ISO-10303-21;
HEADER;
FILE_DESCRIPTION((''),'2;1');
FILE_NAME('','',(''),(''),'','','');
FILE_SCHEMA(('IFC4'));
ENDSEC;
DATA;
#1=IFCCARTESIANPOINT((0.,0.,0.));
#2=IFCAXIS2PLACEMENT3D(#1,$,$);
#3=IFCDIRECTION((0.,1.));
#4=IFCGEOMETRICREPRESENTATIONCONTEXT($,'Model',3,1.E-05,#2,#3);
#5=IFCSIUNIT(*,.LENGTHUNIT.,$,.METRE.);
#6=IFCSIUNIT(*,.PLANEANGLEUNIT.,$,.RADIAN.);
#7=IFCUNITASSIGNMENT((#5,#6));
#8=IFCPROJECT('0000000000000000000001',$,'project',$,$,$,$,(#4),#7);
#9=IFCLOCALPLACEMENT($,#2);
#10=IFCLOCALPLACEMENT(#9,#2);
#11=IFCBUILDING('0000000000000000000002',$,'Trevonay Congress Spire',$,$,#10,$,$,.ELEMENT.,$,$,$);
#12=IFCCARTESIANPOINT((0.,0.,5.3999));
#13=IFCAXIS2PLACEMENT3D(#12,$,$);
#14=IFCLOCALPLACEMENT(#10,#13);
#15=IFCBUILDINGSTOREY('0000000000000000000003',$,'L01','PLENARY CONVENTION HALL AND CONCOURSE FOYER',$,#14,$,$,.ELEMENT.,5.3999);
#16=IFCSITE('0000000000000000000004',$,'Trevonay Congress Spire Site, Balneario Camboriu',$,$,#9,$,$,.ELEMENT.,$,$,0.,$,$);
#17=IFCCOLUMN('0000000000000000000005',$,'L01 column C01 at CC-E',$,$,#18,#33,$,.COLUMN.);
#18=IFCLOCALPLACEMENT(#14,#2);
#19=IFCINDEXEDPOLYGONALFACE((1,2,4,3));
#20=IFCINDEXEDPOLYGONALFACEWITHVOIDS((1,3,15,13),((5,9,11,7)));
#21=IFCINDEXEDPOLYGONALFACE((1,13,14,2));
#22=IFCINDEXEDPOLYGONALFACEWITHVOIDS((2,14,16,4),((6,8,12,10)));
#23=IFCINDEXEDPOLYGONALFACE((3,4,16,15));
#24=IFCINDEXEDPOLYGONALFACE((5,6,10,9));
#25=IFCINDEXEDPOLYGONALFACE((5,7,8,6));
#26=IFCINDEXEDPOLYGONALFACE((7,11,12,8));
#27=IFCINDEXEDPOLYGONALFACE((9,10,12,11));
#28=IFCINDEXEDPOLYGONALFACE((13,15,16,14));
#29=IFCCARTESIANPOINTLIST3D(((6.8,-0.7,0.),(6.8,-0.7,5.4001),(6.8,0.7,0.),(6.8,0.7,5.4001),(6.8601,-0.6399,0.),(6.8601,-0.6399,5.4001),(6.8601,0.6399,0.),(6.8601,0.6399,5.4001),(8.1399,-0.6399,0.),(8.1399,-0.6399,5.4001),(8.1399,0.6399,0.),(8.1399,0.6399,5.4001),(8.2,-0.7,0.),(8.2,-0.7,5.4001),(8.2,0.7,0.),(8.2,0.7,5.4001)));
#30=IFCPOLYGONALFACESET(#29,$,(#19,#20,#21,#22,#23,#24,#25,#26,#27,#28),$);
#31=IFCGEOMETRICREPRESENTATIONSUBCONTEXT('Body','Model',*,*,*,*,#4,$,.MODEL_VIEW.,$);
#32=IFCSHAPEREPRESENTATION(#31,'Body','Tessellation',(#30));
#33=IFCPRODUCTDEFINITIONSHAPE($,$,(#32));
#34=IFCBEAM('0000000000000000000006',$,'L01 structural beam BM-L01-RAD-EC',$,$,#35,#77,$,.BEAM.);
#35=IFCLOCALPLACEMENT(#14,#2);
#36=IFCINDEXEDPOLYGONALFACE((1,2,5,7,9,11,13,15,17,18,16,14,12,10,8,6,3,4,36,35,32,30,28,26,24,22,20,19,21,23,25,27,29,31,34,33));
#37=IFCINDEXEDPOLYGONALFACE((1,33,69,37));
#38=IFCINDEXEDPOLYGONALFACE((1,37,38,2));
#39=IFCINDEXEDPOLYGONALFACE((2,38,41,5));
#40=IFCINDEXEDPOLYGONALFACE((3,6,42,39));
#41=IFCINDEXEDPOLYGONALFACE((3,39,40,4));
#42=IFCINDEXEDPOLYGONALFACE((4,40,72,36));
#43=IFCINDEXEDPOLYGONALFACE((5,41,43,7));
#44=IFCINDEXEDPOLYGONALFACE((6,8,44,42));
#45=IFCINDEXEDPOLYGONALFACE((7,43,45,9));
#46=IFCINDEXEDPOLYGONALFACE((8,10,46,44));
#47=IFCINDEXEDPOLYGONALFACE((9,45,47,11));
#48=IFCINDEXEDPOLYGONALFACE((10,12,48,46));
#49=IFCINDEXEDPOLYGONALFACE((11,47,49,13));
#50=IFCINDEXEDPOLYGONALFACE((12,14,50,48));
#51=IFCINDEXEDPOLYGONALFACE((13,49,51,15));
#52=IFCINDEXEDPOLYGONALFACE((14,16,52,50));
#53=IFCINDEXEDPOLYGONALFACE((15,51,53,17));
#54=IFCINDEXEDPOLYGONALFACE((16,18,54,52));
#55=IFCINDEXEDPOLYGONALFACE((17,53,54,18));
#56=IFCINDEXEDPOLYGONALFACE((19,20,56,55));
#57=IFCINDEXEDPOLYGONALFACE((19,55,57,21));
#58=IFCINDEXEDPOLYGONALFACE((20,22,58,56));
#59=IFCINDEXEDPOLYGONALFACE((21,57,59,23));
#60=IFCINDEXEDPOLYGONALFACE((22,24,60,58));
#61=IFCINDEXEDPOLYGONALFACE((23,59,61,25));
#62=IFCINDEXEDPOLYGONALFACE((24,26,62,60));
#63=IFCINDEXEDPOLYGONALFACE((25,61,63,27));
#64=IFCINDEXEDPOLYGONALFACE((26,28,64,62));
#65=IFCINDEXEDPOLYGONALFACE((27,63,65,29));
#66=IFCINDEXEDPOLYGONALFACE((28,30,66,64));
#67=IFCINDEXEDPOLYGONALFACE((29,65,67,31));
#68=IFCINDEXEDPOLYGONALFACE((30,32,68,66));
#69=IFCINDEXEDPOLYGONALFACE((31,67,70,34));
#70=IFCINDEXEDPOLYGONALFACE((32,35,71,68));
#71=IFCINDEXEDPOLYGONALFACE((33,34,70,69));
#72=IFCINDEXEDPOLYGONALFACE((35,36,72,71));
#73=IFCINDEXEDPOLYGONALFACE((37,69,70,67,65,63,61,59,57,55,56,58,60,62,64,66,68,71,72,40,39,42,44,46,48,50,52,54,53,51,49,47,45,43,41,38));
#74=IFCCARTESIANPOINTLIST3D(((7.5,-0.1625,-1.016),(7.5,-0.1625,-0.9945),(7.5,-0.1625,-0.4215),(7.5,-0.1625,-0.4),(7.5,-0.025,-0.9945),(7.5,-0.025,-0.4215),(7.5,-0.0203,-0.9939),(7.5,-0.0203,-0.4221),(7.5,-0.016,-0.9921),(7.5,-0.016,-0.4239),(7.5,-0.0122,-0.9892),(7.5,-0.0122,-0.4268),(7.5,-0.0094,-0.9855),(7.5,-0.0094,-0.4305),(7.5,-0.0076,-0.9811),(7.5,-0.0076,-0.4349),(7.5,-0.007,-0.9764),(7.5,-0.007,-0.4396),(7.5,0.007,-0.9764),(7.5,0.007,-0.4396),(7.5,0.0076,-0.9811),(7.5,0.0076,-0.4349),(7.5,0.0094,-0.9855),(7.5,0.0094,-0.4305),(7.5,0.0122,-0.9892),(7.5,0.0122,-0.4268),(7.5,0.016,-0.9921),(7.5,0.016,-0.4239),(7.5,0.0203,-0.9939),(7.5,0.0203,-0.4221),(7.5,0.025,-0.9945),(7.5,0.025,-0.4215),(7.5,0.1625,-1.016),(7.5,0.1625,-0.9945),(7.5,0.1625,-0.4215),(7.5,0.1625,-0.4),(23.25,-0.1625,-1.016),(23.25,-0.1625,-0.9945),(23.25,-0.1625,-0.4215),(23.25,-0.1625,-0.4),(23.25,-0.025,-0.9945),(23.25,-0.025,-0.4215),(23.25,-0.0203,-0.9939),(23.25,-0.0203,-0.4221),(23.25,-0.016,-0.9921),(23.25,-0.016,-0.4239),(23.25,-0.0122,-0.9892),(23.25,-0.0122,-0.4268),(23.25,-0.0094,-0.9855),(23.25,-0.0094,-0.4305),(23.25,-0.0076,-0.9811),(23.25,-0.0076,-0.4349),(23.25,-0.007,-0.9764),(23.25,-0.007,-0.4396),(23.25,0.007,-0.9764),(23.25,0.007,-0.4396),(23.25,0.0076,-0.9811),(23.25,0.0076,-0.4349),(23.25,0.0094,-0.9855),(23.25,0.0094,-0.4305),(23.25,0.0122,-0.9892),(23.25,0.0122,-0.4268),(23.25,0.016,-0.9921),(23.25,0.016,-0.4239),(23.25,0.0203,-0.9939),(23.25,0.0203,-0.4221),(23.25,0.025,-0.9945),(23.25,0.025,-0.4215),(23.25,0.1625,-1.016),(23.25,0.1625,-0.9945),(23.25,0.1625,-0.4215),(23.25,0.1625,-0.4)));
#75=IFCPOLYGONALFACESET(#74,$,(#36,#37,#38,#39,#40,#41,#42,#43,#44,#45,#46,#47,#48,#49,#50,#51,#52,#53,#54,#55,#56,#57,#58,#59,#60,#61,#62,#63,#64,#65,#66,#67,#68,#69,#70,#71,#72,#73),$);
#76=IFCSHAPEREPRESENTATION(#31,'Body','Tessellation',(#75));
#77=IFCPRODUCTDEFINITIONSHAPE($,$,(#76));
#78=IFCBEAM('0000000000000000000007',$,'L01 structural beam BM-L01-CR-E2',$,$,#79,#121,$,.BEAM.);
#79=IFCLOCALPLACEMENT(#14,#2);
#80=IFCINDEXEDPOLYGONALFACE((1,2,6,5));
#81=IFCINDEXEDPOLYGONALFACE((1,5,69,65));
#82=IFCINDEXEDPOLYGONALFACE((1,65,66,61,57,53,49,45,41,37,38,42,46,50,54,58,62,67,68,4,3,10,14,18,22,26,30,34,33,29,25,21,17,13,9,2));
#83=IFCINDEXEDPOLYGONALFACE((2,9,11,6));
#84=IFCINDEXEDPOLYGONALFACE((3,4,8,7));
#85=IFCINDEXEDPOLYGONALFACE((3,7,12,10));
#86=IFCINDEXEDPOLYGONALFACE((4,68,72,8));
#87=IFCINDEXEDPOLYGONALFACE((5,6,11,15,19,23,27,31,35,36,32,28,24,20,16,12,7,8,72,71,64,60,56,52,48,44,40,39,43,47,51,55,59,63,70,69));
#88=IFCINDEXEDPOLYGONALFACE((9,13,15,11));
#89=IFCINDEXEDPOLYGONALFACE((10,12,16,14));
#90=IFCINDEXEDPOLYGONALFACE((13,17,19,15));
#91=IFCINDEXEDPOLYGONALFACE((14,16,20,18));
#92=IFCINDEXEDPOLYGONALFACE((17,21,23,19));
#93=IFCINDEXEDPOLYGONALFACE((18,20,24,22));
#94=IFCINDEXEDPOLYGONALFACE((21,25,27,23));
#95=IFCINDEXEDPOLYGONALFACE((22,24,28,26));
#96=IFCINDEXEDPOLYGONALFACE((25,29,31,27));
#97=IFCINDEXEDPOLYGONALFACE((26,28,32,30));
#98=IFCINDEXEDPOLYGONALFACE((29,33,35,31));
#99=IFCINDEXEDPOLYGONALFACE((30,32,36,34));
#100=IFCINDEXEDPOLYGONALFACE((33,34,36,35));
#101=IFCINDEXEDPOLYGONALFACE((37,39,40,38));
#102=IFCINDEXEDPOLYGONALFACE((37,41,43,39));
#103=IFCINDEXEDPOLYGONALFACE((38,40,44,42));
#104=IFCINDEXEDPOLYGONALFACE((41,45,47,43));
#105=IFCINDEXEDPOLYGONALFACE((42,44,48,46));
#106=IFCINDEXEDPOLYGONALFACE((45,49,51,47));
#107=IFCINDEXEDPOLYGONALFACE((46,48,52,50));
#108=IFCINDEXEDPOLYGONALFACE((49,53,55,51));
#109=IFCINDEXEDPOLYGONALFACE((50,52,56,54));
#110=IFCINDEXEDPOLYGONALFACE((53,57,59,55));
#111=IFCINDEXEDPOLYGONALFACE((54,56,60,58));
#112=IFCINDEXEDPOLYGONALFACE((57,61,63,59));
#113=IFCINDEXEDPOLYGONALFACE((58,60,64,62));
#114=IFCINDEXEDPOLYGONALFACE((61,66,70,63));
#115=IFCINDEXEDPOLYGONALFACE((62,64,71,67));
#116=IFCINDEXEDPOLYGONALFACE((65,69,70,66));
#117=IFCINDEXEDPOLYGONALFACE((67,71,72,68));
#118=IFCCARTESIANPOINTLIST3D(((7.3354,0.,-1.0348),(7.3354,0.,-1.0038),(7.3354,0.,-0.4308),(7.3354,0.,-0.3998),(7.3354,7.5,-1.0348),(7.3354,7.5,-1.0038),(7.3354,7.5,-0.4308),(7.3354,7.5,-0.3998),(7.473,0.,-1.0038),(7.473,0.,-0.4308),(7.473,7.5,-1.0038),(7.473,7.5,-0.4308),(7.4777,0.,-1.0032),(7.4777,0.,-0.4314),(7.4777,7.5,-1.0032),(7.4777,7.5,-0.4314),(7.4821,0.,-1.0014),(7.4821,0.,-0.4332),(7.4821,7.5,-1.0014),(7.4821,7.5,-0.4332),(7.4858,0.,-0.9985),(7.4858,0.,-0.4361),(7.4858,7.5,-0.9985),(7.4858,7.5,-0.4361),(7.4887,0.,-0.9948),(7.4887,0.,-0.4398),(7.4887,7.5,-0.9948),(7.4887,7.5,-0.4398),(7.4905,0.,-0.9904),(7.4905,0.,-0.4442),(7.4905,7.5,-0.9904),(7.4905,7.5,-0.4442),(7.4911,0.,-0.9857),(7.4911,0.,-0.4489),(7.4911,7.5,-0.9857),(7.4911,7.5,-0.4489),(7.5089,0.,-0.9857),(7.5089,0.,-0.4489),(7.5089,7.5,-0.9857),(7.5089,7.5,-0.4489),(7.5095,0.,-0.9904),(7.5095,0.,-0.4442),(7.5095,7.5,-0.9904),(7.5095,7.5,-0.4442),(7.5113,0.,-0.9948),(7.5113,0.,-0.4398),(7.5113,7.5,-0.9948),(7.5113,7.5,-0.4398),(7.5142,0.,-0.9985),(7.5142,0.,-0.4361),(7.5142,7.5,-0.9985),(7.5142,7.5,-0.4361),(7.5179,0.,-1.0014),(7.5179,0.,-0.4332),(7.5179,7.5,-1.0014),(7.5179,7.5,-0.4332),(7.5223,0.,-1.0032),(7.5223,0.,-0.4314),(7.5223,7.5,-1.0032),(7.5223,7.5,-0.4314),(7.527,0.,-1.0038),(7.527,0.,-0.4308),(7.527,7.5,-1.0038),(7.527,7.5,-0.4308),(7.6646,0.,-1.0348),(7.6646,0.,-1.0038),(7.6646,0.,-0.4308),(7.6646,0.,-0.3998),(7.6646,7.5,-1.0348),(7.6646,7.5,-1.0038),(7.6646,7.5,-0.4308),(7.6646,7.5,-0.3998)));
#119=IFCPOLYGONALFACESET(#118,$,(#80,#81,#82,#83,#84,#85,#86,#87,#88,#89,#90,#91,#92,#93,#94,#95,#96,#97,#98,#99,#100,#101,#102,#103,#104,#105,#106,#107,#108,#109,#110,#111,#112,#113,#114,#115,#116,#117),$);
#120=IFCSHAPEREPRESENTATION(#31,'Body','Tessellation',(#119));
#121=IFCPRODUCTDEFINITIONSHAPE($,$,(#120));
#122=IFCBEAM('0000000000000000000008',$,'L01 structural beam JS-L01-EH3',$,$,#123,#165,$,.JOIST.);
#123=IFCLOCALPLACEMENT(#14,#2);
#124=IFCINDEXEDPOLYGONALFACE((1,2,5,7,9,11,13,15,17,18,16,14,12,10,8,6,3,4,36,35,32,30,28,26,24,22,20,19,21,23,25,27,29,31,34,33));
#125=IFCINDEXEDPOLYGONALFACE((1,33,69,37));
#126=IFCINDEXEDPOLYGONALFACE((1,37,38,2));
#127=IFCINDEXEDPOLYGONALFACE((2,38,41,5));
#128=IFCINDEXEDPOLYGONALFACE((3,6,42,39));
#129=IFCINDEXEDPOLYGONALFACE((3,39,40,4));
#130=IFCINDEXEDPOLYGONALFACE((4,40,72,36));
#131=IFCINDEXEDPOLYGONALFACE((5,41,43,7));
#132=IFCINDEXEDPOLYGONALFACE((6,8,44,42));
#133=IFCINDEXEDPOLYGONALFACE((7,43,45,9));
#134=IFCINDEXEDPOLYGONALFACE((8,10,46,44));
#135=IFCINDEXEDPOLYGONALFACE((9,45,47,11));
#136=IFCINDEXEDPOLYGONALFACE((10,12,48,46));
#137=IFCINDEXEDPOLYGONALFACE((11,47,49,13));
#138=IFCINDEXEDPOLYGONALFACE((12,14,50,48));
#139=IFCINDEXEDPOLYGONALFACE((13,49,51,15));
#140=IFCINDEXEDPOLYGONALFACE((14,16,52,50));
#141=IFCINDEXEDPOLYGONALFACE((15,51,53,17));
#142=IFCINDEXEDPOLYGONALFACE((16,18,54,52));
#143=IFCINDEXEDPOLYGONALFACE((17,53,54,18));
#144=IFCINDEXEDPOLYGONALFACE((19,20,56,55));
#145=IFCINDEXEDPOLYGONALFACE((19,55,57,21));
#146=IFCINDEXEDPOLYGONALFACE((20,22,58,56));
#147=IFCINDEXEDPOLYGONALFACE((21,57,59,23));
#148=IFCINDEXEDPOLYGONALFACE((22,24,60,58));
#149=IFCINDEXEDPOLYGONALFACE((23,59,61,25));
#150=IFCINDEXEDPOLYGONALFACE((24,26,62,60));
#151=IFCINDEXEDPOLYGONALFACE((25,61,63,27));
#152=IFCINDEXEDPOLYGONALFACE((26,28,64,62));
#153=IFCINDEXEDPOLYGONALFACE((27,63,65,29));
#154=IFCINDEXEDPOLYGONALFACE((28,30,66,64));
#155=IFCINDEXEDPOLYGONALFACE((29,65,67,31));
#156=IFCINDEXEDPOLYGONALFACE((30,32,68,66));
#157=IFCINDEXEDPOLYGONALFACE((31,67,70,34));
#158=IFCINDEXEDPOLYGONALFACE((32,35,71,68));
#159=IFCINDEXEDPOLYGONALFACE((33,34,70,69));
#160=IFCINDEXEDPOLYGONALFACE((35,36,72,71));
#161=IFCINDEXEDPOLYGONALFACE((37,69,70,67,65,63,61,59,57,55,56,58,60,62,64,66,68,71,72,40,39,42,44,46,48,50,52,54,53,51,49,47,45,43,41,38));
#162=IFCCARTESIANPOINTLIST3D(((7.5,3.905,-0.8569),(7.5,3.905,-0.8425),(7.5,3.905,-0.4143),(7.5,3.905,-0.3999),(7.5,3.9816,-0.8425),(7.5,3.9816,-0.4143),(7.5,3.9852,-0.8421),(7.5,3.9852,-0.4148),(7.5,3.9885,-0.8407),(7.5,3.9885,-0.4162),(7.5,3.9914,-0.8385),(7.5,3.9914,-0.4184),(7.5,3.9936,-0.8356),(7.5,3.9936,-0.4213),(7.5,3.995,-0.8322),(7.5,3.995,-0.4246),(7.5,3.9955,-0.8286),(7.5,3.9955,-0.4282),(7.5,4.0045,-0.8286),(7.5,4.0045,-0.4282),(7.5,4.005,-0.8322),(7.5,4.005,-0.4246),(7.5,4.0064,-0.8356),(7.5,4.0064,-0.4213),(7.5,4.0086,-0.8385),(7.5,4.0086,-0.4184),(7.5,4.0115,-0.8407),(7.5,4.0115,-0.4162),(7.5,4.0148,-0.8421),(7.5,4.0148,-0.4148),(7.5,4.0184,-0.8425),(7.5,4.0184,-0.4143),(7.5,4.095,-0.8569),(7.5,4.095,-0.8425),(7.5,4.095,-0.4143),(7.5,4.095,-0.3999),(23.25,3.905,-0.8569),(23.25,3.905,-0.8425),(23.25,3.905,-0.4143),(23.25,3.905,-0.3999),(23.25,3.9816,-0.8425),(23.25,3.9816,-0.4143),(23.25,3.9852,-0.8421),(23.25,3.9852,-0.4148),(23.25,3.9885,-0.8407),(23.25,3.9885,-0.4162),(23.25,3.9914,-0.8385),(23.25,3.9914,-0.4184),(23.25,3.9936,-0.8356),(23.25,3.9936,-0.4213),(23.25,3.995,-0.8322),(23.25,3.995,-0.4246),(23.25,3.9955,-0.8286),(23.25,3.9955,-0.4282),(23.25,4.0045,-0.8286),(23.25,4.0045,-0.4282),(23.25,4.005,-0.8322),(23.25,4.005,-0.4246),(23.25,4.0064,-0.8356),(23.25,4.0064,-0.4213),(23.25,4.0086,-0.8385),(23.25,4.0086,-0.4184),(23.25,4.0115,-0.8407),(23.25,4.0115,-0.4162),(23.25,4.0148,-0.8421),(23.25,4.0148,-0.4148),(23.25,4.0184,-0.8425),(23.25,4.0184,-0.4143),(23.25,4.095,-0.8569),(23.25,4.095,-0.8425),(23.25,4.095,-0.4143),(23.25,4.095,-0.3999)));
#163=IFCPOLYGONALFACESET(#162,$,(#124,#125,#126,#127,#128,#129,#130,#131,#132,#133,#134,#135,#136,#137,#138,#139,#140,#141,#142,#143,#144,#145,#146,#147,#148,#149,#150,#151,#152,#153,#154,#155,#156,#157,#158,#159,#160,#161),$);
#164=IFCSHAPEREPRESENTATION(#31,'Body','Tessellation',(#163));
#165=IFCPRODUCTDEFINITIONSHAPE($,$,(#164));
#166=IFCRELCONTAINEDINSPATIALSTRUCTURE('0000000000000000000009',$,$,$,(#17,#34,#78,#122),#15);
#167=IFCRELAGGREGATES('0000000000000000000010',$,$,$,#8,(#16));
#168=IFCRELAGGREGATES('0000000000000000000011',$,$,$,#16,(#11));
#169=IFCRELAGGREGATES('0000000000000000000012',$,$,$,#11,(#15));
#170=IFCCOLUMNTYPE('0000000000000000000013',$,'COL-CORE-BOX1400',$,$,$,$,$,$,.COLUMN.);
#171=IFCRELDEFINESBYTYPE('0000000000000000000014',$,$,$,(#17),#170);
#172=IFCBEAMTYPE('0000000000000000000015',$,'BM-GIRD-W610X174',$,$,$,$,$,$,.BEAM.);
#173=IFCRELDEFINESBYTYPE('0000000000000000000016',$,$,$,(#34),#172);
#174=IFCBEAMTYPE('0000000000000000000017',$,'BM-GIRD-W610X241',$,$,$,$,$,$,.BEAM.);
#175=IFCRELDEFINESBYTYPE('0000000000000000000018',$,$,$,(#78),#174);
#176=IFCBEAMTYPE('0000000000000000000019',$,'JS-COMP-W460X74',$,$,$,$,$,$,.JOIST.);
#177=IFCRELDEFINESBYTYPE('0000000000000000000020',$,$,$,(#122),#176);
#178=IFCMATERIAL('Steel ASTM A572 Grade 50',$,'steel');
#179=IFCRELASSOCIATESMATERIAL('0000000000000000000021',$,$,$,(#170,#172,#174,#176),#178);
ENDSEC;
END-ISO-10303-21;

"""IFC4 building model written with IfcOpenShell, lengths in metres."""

from ifc_helpers import new_model, si_unit, direction, frame, origin, origin_2d, place, context, subcontext, project, spatial, hollow_rectangle, i_section, extrude, material, material_profile, profile_set, type_object, element, save


model = new_model("IFC4")

# Units and contexts
model_context = context("Model", 3, precision=1e-05, world=origin(), true_north=direction((0.0, 1.0)))
body_context = subcontext(model_context, "Body", "Model", "MODEL_VIEW")
ifc_project = project(units=[si_unit("LENGTHUNIT", "METRE"), si_unit("PLANEANGLEUNIT", "RADIAN")], contexts=[model_context])

# Site, building, storey
site_placement = place(None, origin())
site = spatial("IfcSite", under=ifc_project, at=site_placement, Name="Trevonay Congress Spire Site, Balneario Camboriu", CompositionType="ELEMENT", RefElevation=0.0)
building_placement = place(site_placement, origin())
building = spatial("IfcBuilding", under=site, at=building_placement, Name="Trevonay Congress Spire", CompositionType="ELEMENT")
storey_placement = place(building_placement, frame((0.0, 0.0, 5.3999)))
storey = spatial("IfcBuildingStorey", under=building, at=storey_placement, Name="L01", Description="PLENARY CONVENTION HALL AND CONCOURSE FOYER", CompositionType="ELEMENT", Elevation=5.3999)

# Column
ifc_material_1 = material(Name="Steel ASTM A572 Grade 50", Category="steel")
ifc_material_profile_1 = material_profile(ifc_material_1, hollow_rectangle(XDim=1.3999, YDim=1.3999, WallThickness=0.0601, at=origin_2d()), Name="BOX 1400x1400x60")
ifc_profile_set_1 = profile_set([ifc_material_profile_1], Name="Steel ASTM A572 Grade 50")
column_type = type_object("IfcColumnType", Name="COL-CORE-BOX1400", PredefinedType="COLUMN", material=ifc_profile_set_1)
column_placement = place(storey_placement, frame((7.5, 0.0, 0.0), z_axis=(0.0, 0.0, 1.0), x_axis=(1.0, 0.0, 0.0)))
element("IfcColumn", 1, at=column_placement, inside=storey, type_object=column_type, Name="L01 column C01 at CC-E", PredefinedType="COLUMN", context=body_context, shape_type="SweptSolid", body=[
    extrude(hollow_rectangle(XDim=1.3999, YDim=1.3999, WallThickness=0.0601, at=origin_2d()), origin(), (0.0, 0.0, 1.0), 5.4001),
])

# Beams
ifc_material_profile_2 = material_profile(ifc_material_1, i_section(OverallWidth=0.325, OverallDepth=0.616, WebThickness=0.0139, FlangeThickness=0.0215, FilletRadius=0.0181, at=origin_2d()), Name="W610x174")
ifc_profile_set_2 = profile_set([ifc_material_profile_2], Name="Steel ASTM A572 Grade 50")
beam_type_1 = type_object("IfcBeamType", Name="BM-GIRD-W610X174", PredefinedType="BEAM", material=ifc_profile_set_2)
beam_1_placement = place(storey_placement, frame((7.5, 0.0, -0.708), z_axis=(1.0, 0.0, 0.0), x_axis=(0.0, 1.0, 0.0)))
element("IfcBeam", 2, at=beam_1_placement, inside=storey, type_object=beam_type_1, Name="L01 structural beam BM-L01-RAD-EC", PredefinedType="BEAM", context=body_context, shape_type="SweptSolid", body=[
    extrude(i_section(OverallWidth=0.325, OverallDepth=0.616, WebThickness=0.0139, FlangeThickness=0.0215, FilletRadius=0.0181, at=origin_2d()), origin(), (0.0, 0.0, 1.0), 15.75),
])
ifc_material_profile_3 = material_profile(ifc_material_1, i_section(OverallWidth=0.3291, OverallDepth=0.635, WebThickness=0.0178, FlangeThickness=0.031, FilletRadius=0.0181, at=origin_2d()), Name="W610x241")
ifc_profile_set_3 = profile_set([ifc_material_profile_3], Name="Steel ASTM A572 Grade 50")
beam_type_2 = type_object("IfcBeamType", Name="BM-GIRD-W610X241", PredefinedType="BEAM", material=ifc_profile_set_3)
beam_2_placement = place(storey_placement, frame((7.5, 0.0, -0.7173), z_axis=(0.0, 1.0, 0.0), x_axis=(-1.0, 0.0, 0.0)))
element("IfcBeam", 3, at=beam_2_placement, inside=storey, type_object=beam_type_2, Name="L01 structural beam BM-L01-CR-E2", PredefinedType="BEAM", context=body_context, shape_type="SweptSolid", body=[
    extrude(i_section(OverallWidth=0.3291, OverallDepth=0.635, WebThickness=0.0178, FlangeThickness=0.031, FilletRadius=0.0181, at=origin_2d()), origin(), (0.0, 0.0, 1.0), 7.5),
])
ifc_material_profile_4 = material_profile(ifc_material_1, i_section(OverallWidth=0.1899, OverallDepth=0.457, WebThickness=0.009, FlangeThickness=0.0144, FilletRadius=0.0139, at=origin_2d()), Name="W460x74")
ifc_profile_set_4 = profile_set([ifc_material_profile_4], Name="Steel ASTM A572 Grade 50")
beam_type_3 = type_object("IfcBeamType", Name="JS-COMP-W460X74", PredefinedType="JOIST", material=ifc_profile_set_4)
beam_3_placement = place(storey_placement, frame((7.5, 4.0, -0.6284), z_axis=(1.0, 0.0, 0.0), x_axis=(0.0, 1.0, 0.0)))
element("IfcBeam", 4, at=beam_3_placement, inside=storey, type_object=beam_type_3, Name="L01 structural beam JS-L01-EH3", PredefinedType="JOIST", context=body_context, shape_type="SweptSolid", body=[
    extrude(i_section(OverallWidth=0.1899, OverallDepth=0.457, WebThickness=0.009, FlangeThickness=0.0144, FilletRadius=0.0139, at=origin_2d()), origin(), (0.0, 0.0, 1.0), 15.75),
])

save(model, "model.ifc")
